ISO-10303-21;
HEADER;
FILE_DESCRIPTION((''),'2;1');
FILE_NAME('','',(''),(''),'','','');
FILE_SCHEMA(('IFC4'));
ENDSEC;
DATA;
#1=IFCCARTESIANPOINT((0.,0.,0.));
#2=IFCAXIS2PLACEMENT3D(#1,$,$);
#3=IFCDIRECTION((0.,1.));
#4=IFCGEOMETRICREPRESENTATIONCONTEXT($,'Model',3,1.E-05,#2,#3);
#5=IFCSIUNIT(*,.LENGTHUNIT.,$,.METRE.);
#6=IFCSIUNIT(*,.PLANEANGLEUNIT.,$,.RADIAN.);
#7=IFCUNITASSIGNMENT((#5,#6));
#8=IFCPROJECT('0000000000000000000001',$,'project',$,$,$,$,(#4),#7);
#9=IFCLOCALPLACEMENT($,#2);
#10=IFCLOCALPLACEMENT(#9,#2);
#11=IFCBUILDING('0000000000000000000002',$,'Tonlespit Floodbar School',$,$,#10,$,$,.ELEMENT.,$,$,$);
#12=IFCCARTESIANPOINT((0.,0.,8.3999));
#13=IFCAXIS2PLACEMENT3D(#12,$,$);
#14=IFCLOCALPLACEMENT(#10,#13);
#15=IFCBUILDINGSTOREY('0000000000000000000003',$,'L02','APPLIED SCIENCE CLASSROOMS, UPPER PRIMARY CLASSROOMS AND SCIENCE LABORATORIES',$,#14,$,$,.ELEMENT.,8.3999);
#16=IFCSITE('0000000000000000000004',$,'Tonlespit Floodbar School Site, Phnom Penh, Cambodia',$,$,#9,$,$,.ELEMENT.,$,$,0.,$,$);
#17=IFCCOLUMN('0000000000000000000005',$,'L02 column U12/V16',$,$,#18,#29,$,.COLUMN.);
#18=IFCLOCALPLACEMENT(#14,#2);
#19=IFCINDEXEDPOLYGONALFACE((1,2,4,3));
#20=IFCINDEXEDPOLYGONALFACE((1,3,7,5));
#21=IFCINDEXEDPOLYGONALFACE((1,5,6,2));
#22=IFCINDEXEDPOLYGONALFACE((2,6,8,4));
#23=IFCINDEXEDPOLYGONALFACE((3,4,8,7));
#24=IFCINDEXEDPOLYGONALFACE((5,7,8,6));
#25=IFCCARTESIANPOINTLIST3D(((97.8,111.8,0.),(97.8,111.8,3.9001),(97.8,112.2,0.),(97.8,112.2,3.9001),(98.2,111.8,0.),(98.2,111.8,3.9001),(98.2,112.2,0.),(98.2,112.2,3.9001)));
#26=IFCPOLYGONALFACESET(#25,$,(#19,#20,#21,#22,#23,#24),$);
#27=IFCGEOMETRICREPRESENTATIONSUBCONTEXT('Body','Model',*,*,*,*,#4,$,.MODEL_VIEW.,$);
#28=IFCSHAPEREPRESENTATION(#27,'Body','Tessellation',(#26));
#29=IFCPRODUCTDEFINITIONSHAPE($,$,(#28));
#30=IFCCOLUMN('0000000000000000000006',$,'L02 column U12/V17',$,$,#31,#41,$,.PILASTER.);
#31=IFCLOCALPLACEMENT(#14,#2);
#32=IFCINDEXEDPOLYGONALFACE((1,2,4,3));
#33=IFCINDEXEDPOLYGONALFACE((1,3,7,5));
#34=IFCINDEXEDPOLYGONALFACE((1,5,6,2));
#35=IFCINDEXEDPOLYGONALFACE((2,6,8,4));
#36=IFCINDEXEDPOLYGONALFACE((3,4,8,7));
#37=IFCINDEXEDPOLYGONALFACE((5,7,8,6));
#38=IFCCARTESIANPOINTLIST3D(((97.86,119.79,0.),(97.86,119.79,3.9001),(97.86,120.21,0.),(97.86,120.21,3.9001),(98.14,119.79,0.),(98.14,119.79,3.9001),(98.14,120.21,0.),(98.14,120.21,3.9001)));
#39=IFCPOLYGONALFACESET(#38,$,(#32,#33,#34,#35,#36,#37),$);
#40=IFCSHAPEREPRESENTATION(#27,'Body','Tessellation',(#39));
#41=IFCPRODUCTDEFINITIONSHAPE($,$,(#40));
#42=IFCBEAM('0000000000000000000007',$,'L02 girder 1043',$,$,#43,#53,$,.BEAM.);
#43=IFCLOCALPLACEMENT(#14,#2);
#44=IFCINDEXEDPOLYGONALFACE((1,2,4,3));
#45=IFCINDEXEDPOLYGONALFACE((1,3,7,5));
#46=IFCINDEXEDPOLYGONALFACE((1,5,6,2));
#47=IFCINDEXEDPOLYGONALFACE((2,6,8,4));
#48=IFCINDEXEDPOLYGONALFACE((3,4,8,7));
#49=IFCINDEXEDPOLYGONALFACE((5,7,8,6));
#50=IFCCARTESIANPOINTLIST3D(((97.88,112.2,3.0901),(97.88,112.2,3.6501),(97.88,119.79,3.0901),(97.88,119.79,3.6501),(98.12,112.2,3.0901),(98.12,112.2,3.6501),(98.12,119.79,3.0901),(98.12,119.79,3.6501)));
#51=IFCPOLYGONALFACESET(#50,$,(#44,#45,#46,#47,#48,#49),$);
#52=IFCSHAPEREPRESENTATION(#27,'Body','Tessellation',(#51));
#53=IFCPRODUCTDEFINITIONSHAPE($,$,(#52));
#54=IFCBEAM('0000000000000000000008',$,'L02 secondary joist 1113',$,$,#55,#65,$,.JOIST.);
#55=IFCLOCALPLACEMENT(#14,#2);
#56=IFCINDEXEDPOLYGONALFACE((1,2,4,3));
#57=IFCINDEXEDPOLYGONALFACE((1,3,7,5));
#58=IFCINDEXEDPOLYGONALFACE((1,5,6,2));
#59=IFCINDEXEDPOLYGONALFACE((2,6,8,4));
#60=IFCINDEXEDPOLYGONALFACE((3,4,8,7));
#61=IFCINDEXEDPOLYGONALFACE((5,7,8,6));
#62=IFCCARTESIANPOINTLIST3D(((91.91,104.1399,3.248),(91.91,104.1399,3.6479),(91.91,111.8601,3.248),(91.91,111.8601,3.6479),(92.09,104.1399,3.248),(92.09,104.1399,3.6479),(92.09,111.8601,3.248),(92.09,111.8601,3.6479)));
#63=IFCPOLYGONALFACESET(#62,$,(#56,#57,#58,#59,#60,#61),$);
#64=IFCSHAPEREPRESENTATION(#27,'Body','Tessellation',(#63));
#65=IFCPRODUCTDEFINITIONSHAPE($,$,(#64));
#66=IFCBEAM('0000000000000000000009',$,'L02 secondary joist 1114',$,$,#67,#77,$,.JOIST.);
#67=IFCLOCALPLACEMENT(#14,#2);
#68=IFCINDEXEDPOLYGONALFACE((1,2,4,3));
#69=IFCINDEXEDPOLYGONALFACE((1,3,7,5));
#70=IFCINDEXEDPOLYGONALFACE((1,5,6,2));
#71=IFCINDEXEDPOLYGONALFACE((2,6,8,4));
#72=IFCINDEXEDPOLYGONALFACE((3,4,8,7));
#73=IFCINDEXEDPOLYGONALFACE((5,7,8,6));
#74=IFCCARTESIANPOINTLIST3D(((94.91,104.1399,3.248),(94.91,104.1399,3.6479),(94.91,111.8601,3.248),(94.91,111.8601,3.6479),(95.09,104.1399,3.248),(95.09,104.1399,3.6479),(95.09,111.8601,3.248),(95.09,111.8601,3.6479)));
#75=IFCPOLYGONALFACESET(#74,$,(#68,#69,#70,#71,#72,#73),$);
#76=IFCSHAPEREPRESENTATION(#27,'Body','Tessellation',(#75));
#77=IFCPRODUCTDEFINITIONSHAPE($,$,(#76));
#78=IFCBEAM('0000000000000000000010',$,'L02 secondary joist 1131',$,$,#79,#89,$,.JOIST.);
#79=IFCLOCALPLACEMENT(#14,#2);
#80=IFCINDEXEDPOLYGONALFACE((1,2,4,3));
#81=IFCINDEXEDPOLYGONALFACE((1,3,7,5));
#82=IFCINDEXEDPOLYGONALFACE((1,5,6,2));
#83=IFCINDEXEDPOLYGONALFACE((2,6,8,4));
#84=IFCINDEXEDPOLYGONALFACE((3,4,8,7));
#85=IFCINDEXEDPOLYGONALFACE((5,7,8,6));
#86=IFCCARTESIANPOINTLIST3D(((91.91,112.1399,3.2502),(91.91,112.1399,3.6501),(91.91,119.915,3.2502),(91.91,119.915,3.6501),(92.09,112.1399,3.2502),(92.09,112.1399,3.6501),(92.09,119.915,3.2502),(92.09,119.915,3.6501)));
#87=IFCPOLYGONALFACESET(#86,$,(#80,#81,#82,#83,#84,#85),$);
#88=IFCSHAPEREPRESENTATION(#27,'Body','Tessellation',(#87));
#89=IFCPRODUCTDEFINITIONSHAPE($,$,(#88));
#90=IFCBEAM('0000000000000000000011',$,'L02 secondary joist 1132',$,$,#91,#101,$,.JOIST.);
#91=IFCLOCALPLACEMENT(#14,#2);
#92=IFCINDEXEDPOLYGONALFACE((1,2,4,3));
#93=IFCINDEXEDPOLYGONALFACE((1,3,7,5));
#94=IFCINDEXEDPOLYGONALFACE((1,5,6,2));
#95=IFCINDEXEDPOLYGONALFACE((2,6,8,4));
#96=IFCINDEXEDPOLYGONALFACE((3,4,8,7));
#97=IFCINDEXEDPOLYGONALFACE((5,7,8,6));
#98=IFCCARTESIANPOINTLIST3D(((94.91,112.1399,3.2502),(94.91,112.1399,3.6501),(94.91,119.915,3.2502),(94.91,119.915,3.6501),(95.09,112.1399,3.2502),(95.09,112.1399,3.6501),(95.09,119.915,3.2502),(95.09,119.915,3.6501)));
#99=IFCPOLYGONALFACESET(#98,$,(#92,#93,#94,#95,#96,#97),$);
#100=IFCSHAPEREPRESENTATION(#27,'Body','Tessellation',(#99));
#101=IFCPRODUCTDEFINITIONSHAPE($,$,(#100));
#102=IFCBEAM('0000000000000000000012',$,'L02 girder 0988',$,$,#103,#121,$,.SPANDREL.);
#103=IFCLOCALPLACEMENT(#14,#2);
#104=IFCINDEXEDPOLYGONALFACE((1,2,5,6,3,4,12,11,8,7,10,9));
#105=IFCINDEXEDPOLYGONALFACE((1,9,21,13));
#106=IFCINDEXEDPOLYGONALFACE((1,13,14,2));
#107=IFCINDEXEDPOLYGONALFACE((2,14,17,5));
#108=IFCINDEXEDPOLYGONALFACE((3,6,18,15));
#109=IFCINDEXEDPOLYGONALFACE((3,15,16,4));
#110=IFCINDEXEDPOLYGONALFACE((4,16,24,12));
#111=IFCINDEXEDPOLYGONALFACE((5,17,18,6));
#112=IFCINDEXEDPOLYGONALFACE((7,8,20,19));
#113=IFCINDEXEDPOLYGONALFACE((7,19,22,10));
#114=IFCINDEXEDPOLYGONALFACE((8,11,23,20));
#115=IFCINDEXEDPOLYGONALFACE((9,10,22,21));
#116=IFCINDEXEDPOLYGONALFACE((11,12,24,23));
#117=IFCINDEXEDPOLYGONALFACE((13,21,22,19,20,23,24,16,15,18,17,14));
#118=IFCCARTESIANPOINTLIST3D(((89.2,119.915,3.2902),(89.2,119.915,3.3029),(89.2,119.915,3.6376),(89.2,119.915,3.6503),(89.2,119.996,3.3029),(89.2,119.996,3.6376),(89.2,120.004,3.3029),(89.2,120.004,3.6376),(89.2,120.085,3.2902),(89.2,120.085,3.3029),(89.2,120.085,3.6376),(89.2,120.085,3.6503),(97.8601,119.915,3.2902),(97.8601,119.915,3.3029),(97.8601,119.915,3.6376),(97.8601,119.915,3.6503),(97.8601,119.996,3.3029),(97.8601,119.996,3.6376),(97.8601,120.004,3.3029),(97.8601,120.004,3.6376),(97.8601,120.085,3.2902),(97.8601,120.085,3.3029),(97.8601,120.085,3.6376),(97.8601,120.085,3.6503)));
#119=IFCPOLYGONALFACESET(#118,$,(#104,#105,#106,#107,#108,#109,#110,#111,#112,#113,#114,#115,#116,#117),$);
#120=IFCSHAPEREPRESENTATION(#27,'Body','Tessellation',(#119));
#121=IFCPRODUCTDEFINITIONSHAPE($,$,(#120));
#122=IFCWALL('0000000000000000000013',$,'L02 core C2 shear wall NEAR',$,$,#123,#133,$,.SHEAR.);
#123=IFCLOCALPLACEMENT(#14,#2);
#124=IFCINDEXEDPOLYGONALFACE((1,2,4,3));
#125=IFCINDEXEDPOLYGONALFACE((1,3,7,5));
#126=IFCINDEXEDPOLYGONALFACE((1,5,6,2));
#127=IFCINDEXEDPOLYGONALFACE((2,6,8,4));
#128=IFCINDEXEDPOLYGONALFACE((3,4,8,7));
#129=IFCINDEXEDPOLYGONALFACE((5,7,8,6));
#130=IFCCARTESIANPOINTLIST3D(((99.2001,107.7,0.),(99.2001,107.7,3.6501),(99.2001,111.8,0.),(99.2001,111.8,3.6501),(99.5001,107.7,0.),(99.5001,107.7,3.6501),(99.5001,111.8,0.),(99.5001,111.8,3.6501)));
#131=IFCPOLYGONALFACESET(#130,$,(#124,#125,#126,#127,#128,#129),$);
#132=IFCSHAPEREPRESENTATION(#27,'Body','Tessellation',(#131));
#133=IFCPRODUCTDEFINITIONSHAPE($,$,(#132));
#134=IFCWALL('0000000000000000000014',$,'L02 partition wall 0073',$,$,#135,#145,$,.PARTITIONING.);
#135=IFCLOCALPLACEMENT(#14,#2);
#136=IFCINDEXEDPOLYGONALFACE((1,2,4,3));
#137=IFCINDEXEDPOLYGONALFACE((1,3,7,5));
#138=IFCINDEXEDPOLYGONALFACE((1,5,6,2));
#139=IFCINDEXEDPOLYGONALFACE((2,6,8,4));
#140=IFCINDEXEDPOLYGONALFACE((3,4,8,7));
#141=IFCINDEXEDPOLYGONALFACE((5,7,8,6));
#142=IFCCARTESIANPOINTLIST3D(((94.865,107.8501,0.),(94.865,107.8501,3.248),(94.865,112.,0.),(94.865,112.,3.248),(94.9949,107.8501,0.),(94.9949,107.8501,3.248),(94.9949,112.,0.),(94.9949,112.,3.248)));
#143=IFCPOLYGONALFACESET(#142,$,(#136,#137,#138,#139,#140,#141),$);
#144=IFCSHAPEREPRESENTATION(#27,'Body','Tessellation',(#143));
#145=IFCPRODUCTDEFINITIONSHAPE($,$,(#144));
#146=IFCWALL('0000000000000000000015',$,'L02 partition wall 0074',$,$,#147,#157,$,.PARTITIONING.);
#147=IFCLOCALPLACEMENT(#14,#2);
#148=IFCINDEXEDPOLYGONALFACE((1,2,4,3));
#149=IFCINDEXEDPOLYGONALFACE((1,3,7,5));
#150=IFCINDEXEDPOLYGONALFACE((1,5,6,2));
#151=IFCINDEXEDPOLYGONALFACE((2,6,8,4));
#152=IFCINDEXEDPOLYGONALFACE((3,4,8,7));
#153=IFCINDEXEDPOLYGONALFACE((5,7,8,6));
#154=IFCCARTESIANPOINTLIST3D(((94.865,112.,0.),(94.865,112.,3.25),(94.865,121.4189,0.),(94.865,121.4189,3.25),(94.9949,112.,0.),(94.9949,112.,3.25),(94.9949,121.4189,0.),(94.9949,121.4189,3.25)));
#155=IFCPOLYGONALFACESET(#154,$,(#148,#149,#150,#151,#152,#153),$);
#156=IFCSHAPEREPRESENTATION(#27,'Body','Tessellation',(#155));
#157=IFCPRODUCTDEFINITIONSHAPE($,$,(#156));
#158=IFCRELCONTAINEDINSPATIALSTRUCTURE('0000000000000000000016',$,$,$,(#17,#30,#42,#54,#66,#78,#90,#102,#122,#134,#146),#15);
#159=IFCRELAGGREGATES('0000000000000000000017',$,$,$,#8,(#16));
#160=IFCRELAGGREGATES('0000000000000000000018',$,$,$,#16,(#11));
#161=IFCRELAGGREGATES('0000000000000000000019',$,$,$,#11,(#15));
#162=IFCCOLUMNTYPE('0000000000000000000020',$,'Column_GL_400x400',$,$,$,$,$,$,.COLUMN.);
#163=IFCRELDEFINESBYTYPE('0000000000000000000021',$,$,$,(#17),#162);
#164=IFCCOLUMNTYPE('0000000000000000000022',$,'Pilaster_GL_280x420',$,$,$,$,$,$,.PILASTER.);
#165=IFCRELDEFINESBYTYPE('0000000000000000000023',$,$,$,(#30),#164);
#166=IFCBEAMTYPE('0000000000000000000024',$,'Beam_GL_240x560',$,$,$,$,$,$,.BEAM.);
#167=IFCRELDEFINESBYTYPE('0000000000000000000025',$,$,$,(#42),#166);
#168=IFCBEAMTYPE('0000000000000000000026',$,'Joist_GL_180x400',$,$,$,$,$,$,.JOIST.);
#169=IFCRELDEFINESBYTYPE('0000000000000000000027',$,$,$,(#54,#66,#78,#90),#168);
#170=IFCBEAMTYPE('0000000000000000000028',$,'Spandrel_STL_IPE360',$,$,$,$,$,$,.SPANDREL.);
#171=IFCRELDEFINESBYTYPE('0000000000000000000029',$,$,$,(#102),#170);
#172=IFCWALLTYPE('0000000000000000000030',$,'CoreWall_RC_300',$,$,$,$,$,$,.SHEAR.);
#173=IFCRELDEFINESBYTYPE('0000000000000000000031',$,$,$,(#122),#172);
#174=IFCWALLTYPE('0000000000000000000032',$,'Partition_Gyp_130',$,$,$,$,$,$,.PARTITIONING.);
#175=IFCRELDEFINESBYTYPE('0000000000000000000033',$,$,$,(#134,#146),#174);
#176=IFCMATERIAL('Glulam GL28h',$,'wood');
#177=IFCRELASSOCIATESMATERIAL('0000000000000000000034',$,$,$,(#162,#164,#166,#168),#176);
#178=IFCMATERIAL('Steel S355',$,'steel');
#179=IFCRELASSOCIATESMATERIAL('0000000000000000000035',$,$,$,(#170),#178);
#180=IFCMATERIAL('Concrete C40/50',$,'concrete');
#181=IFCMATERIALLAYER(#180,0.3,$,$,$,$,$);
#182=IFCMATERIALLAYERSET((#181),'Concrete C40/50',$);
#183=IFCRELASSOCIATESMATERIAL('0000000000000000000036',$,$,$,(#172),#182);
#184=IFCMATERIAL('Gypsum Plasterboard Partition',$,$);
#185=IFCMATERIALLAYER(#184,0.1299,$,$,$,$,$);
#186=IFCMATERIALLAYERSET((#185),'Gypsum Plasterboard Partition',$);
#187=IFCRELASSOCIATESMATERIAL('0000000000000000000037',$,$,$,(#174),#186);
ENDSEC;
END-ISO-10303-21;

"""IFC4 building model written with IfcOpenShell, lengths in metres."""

from ifc_helpers import new_model, si_unit, direction, frame, frame_2d, origin, origin_2d, place, context, subcontext, project, spatial, rectangle, i_section, extrude, material, layer, layer_set, material_profile, profile_set, type_object, element, save


model = new_model("IFC4")

# Units and contexts
model_context = context("Model", 3, precision=1e-05, world=origin(), true_north=direction((0.0, 1.0)))
body_context = subcontext(model_context, "Body", "Model", "MODEL_VIEW")
ifc_project = project(units=[si_unit("LENGTHUNIT", "METRE"), si_unit("PLANEANGLEUNIT", "RADIAN")], contexts=[model_context])

# Site, building, storey
site_placement = place(None, origin())
site = spatial("IfcSite", under=ifc_project, at=site_placement, Name="Tonlespit Floodbar School Site, Phnom Penh, Cambodia", CompositionType="ELEMENT", RefElevation=0.0)
building_placement = place(site_placement, origin())
building = spatial("IfcBuilding", under=site, at=building_placement, Name="Tonlespit Floodbar School", CompositionType="ELEMENT")
storey_placement = place(building_placement, frame((0.0, 0.0, 8.3999)))
storey = spatial("IfcBuildingStorey", under=building, at=storey_placement, Name="L02", Description="APPLIED SCIENCE CLASSROOMS, UPPER PRIMARY CLASSROOMS AND SCIENCE LABORATORIES", CompositionType="ELEMENT", Elevation=8.3999)

# Columns
ifc_material_1 = material(Name="Glulam GL28h", Category="wood")
ifc_material_profile_1 = material_profile(ifc_material_1, rectangle(XDim=0.3999, YDim=0.3999, at=origin_2d()), Name="GL 400x400")
ifc_profile_set_1 = profile_set([ifc_material_profile_1], Name="Glulam GL28h")
column_type_1 = type_object("IfcColumnType", Name="Column_GL_400x400", PredefinedType="COLUMN", material=ifc_profile_set_1)
column_1_placement = place(storey_placement, frame((98.0, 112.0, 0.0), z_axis=(0.0, 0.0, 1.0), x_axis=(1.0, 0.0, 0.0)))
element("IfcColumn", 1, at=column_1_placement, inside=storey, type_object=column_type_1, Name="L02 column U12/V16", PredefinedType="COLUMN", context=body_context, shape_type="SweptSolid", body=[
    extrude(rectangle(XDim=0.3999, YDim=0.3999, at=origin_2d()), origin(), (0.0, 0.0, 1.0), 3.9001),
])
ifc_material_profile_2 = material_profile(ifc_material_1, rectangle(XDim=0.28, YDim=0.4199, at=origin_2d()), Name="GL 280x420")
ifc_profile_set_2 = profile_set([ifc_material_profile_2], Name="Glulam GL28h")
column_type_2 = type_object("IfcColumnType", Name="Pilaster_GL_280x420", PredefinedType="PILASTER", material=ifc_profile_set_2)
column_2_placement = place(storey_placement, frame((98.0, 120.0, 0.0), z_axis=(0.0, 0.0, 1.0), x_axis=(1.0, 0.0, 0.0)))
element("IfcColumn", 2, at=column_2_placement, inside=storey, type_object=column_type_2, Name="L02 column U12/V17", PredefinedType="PILASTER", context=body_context, shape_type="SweptSolid", body=[
    extrude(rectangle(XDim=0.28, YDim=0.4199, at=origin_2d()), origin(), (0.0, 0.0, 1.0), 3.9001),
])

# Beams
ifc_material_profile_3 = material_profile(ifc_material_1, rectangle(XDim=0.24, YDim=0.5601, at=origin_2d()), Name="GL 240x560")
ifc_profile_set_3 = profile_set([ifc_material_profile_3], Name="Glulam GL28h")
beam_type_1 = type_object("IfcBeamType", Name="Beam_GL_240x560", PredefinedType="BEAM", material=ifc_profile_set_3)
beam_1_placement = place(storey_placement, frame((98.0, 112.2, 3.3701), z_axis=(0.0, 1.0, 0.0), x_axis=(-1.0, 0.0, 0.0)))
element("IfcBeam", 3, at=beam_1_placement, inside=storey, type_object=beam_type_1, Name="L02 girder 1043", PredefinedType="BEAM", context=body_context, shape_type="SweptSolid", body=[
    extrude(rectangle(XDim=0.24, YDim=0.5601, at=origin_2d()), origin(), (0.0, 0.0, 1.0), 7.5901),
])
ifc_material_profile_4 = material_profile(ifc_material_1, rectangle(XDim=0.1799, YDim=0.3999, at=origin_2d()), Name="GL 180x400")
ifc_profile_set_4 = profile_set([ifc_material_profile_4], Name="Glulam GL28h")
beam_type_2 = type_object("IfcBeamType", Name="Joist_GL_180x400", PredefinedType="JOIST", material=ifc_profile_set_4)
for number, where, z_axis, x_axis, name in (
    (4, (92.0, 104.1399, 3.448), (0.0, 1.0, 0.0), (-1.0, 0.0, 0.0), "L02 secondary joist 1113"),
    (5, (95.0, 104.1399, 3.448), (0.0, 1.0, 0.0), (-1.0, 0.0, 0.0), "L02 secondary joist 1114"),
):
    element("IfcBeam", number, at=place(storey_placement, frame(where, z_axis=z_axis, x_axis=x_axis)), inside=storey, type_object=beam_type_2, Name=name, PredefinedType="JOIST", context=body_context, shape_type="SweptSolid", body=[
        extrude(rectangle(XDim=0.1799, YDim=0.3999, at=origin_2d()), origin(), (0.0, 0.0, 1.0), 7.7202),
    ])
for number, where, z_axis, x_axis, name in (
    (6, (92.0, 112.1399, 3.4502), (0.0, 1.0, 0.0), (-1.0, 0.0, 0.0), "L02 secondary joist 1131"),
    (7, (95.0, 112.1399, 3.4502), (0.0, 1.0, 0.0), (-1.0, 0.0, 0.0), "L02 secondary joist 1132"),
):
    element("IfcBeam", number, at=place(storey_placement, frame(where, z_axis=z_axis, x_axis=x_axis)), inside=storey, type_object=beam_type_2, Name=name, PredefinedType="JOIST", context=body_context, shape_type="SweptSolid", body=[
        extrude(rectangle(XDim=0.1799, YDim=0.3999, at=origin_2d()), origin(), (0.0, 0.0, 1.0), 7.7751),
    ])
ifc_material_2 = material(Name="Steel S355", Category="steel")
ifc_material_profile_5 = material_profile(ifc_material_2, i_section(OverallWidth=0.1699, OverallDepth=0.3601, WebThickness=0.0081, FlangeThickness=0.0127, at=origin_2d()), Name="IPE 360")
ifc_profile_set_5 = profile_set([ifc_material_profile_5], Name="Steel S355")
beam_type_3 = type_object("IfcBeamType", Name="Spandrel_STL_IPE360", PredefinedType="SPANDREL", material=ifc_profile_set_5)
beam_2_placement = place(storey_placement, frame((89.2, 120.0, 3.4702), z_axis=(1.0, 0.0, 0.0), x_axis=(0.0, 1.0, 0.0)))
element("IfcBeam", 8, at=beam_2_placement, inside=storey, type_object=beam_type_3, Name="L02 girder 0988", PredefinedType="SPANDREL", context=body_context, shape_type="SweptSolid", body=[
    extrude(i_section(OverallWidth=0.1699, OverallDepth=0.3601, WebThickness=0.0081, FlangeThickness=0.0127, at=origin_2d()), origin(), (0.0, 0.0, 1.0), 8.6602),
])

# Wall
ifc_material_3 = material(Name="Concrete C40/50", Category="concrete")
ifc_layer_1 = layer(ifc_material_3, 0.3)
ifc_layer_set_1 = layer_set([ifc_layer_1], Name="Concrete C40/50")
wall_type_1 = type_object("IfcWallType", Name="CoreWall_RC_300", PredefinedType="SHEAR", material=ifc_layer_set_1)
wall_1_placement = place(storey_placement, frame((99.3501, 107.7, 0.0), z_axis=(0.0, 0.0, 1.0), x_axis=(0.0, 1.0, 0.0)))
element("IfcWall", 9, at=wall_1_placement, inside=storey, type_object=wall_type_1, Name="L02 core C2 shear wall NEAR", PredefinedType="SHEAR", context=body_context, shape_type="SweptSolid", body=[
    extrude(rectangle(XDim=4.1001, YDim=0.3, at=frame_2d((2.05, 0.0))), origin(), (0.0, 0.0, 1.0), 3.6501),
])

# Walls
ifc_material_4 = material(Name="Gypsum Plasterboard Partition")
ifc_layer_2 = layer(ifc_material_4, 0.1299)
ifc_layer_set_2 = layer_set([ifc_layer_2], Name="Gypsum Plasterboard Partition")
wall_type_2 = type_object("IfcWallType", Name="Partition_Gyp_130", PredefinedType="PARTITIONING", material=ifc_layer_set_2)
wall_2_placement = place(storey_placement, frame((94.9299, 107.8501, 0.0), z_axis=(0.0, 0.0, 1.0), x_axis=(0.0, 1.0, 0.0)))
element("IfcWall", 10, at=wall_2_placement, inside=storey, type_object=wall_type_2, Name="L02 partition wall 0073", PredefinedType="PARTITIONING", context=body_context, shape_type="SweptSolid", body=[
    extrude(rectangle(XDim=4.1499, YDim=0.1299, at=frame_2d((2.075, 0.0))), origin(), (0.0, 0.0, 1.0), 3.248),
])
wall_3_placement = place(storey_placement, frame((94.9299, 112.0, 0.0), z_axis=(0.0, 0.0, 1.0), x_axis=(0.0, 1.0, 0.0)))
element("IfcWall", 11, at=wall_3_placement, inside=storey, type_object=wall_type_2, Name="L02 partition wall 0074", PredefinedType="PARTITIONING", context=body_context, shape_type="SweptSolid", body=[
    extrude(rectangle(XDim=9.4189, YDim=0.1299, at=frame_2d((4.7095, 0.0))), origin(), (0.0, 0.0, 1.0), 3.25),
])

save(model, "model.ifc")
